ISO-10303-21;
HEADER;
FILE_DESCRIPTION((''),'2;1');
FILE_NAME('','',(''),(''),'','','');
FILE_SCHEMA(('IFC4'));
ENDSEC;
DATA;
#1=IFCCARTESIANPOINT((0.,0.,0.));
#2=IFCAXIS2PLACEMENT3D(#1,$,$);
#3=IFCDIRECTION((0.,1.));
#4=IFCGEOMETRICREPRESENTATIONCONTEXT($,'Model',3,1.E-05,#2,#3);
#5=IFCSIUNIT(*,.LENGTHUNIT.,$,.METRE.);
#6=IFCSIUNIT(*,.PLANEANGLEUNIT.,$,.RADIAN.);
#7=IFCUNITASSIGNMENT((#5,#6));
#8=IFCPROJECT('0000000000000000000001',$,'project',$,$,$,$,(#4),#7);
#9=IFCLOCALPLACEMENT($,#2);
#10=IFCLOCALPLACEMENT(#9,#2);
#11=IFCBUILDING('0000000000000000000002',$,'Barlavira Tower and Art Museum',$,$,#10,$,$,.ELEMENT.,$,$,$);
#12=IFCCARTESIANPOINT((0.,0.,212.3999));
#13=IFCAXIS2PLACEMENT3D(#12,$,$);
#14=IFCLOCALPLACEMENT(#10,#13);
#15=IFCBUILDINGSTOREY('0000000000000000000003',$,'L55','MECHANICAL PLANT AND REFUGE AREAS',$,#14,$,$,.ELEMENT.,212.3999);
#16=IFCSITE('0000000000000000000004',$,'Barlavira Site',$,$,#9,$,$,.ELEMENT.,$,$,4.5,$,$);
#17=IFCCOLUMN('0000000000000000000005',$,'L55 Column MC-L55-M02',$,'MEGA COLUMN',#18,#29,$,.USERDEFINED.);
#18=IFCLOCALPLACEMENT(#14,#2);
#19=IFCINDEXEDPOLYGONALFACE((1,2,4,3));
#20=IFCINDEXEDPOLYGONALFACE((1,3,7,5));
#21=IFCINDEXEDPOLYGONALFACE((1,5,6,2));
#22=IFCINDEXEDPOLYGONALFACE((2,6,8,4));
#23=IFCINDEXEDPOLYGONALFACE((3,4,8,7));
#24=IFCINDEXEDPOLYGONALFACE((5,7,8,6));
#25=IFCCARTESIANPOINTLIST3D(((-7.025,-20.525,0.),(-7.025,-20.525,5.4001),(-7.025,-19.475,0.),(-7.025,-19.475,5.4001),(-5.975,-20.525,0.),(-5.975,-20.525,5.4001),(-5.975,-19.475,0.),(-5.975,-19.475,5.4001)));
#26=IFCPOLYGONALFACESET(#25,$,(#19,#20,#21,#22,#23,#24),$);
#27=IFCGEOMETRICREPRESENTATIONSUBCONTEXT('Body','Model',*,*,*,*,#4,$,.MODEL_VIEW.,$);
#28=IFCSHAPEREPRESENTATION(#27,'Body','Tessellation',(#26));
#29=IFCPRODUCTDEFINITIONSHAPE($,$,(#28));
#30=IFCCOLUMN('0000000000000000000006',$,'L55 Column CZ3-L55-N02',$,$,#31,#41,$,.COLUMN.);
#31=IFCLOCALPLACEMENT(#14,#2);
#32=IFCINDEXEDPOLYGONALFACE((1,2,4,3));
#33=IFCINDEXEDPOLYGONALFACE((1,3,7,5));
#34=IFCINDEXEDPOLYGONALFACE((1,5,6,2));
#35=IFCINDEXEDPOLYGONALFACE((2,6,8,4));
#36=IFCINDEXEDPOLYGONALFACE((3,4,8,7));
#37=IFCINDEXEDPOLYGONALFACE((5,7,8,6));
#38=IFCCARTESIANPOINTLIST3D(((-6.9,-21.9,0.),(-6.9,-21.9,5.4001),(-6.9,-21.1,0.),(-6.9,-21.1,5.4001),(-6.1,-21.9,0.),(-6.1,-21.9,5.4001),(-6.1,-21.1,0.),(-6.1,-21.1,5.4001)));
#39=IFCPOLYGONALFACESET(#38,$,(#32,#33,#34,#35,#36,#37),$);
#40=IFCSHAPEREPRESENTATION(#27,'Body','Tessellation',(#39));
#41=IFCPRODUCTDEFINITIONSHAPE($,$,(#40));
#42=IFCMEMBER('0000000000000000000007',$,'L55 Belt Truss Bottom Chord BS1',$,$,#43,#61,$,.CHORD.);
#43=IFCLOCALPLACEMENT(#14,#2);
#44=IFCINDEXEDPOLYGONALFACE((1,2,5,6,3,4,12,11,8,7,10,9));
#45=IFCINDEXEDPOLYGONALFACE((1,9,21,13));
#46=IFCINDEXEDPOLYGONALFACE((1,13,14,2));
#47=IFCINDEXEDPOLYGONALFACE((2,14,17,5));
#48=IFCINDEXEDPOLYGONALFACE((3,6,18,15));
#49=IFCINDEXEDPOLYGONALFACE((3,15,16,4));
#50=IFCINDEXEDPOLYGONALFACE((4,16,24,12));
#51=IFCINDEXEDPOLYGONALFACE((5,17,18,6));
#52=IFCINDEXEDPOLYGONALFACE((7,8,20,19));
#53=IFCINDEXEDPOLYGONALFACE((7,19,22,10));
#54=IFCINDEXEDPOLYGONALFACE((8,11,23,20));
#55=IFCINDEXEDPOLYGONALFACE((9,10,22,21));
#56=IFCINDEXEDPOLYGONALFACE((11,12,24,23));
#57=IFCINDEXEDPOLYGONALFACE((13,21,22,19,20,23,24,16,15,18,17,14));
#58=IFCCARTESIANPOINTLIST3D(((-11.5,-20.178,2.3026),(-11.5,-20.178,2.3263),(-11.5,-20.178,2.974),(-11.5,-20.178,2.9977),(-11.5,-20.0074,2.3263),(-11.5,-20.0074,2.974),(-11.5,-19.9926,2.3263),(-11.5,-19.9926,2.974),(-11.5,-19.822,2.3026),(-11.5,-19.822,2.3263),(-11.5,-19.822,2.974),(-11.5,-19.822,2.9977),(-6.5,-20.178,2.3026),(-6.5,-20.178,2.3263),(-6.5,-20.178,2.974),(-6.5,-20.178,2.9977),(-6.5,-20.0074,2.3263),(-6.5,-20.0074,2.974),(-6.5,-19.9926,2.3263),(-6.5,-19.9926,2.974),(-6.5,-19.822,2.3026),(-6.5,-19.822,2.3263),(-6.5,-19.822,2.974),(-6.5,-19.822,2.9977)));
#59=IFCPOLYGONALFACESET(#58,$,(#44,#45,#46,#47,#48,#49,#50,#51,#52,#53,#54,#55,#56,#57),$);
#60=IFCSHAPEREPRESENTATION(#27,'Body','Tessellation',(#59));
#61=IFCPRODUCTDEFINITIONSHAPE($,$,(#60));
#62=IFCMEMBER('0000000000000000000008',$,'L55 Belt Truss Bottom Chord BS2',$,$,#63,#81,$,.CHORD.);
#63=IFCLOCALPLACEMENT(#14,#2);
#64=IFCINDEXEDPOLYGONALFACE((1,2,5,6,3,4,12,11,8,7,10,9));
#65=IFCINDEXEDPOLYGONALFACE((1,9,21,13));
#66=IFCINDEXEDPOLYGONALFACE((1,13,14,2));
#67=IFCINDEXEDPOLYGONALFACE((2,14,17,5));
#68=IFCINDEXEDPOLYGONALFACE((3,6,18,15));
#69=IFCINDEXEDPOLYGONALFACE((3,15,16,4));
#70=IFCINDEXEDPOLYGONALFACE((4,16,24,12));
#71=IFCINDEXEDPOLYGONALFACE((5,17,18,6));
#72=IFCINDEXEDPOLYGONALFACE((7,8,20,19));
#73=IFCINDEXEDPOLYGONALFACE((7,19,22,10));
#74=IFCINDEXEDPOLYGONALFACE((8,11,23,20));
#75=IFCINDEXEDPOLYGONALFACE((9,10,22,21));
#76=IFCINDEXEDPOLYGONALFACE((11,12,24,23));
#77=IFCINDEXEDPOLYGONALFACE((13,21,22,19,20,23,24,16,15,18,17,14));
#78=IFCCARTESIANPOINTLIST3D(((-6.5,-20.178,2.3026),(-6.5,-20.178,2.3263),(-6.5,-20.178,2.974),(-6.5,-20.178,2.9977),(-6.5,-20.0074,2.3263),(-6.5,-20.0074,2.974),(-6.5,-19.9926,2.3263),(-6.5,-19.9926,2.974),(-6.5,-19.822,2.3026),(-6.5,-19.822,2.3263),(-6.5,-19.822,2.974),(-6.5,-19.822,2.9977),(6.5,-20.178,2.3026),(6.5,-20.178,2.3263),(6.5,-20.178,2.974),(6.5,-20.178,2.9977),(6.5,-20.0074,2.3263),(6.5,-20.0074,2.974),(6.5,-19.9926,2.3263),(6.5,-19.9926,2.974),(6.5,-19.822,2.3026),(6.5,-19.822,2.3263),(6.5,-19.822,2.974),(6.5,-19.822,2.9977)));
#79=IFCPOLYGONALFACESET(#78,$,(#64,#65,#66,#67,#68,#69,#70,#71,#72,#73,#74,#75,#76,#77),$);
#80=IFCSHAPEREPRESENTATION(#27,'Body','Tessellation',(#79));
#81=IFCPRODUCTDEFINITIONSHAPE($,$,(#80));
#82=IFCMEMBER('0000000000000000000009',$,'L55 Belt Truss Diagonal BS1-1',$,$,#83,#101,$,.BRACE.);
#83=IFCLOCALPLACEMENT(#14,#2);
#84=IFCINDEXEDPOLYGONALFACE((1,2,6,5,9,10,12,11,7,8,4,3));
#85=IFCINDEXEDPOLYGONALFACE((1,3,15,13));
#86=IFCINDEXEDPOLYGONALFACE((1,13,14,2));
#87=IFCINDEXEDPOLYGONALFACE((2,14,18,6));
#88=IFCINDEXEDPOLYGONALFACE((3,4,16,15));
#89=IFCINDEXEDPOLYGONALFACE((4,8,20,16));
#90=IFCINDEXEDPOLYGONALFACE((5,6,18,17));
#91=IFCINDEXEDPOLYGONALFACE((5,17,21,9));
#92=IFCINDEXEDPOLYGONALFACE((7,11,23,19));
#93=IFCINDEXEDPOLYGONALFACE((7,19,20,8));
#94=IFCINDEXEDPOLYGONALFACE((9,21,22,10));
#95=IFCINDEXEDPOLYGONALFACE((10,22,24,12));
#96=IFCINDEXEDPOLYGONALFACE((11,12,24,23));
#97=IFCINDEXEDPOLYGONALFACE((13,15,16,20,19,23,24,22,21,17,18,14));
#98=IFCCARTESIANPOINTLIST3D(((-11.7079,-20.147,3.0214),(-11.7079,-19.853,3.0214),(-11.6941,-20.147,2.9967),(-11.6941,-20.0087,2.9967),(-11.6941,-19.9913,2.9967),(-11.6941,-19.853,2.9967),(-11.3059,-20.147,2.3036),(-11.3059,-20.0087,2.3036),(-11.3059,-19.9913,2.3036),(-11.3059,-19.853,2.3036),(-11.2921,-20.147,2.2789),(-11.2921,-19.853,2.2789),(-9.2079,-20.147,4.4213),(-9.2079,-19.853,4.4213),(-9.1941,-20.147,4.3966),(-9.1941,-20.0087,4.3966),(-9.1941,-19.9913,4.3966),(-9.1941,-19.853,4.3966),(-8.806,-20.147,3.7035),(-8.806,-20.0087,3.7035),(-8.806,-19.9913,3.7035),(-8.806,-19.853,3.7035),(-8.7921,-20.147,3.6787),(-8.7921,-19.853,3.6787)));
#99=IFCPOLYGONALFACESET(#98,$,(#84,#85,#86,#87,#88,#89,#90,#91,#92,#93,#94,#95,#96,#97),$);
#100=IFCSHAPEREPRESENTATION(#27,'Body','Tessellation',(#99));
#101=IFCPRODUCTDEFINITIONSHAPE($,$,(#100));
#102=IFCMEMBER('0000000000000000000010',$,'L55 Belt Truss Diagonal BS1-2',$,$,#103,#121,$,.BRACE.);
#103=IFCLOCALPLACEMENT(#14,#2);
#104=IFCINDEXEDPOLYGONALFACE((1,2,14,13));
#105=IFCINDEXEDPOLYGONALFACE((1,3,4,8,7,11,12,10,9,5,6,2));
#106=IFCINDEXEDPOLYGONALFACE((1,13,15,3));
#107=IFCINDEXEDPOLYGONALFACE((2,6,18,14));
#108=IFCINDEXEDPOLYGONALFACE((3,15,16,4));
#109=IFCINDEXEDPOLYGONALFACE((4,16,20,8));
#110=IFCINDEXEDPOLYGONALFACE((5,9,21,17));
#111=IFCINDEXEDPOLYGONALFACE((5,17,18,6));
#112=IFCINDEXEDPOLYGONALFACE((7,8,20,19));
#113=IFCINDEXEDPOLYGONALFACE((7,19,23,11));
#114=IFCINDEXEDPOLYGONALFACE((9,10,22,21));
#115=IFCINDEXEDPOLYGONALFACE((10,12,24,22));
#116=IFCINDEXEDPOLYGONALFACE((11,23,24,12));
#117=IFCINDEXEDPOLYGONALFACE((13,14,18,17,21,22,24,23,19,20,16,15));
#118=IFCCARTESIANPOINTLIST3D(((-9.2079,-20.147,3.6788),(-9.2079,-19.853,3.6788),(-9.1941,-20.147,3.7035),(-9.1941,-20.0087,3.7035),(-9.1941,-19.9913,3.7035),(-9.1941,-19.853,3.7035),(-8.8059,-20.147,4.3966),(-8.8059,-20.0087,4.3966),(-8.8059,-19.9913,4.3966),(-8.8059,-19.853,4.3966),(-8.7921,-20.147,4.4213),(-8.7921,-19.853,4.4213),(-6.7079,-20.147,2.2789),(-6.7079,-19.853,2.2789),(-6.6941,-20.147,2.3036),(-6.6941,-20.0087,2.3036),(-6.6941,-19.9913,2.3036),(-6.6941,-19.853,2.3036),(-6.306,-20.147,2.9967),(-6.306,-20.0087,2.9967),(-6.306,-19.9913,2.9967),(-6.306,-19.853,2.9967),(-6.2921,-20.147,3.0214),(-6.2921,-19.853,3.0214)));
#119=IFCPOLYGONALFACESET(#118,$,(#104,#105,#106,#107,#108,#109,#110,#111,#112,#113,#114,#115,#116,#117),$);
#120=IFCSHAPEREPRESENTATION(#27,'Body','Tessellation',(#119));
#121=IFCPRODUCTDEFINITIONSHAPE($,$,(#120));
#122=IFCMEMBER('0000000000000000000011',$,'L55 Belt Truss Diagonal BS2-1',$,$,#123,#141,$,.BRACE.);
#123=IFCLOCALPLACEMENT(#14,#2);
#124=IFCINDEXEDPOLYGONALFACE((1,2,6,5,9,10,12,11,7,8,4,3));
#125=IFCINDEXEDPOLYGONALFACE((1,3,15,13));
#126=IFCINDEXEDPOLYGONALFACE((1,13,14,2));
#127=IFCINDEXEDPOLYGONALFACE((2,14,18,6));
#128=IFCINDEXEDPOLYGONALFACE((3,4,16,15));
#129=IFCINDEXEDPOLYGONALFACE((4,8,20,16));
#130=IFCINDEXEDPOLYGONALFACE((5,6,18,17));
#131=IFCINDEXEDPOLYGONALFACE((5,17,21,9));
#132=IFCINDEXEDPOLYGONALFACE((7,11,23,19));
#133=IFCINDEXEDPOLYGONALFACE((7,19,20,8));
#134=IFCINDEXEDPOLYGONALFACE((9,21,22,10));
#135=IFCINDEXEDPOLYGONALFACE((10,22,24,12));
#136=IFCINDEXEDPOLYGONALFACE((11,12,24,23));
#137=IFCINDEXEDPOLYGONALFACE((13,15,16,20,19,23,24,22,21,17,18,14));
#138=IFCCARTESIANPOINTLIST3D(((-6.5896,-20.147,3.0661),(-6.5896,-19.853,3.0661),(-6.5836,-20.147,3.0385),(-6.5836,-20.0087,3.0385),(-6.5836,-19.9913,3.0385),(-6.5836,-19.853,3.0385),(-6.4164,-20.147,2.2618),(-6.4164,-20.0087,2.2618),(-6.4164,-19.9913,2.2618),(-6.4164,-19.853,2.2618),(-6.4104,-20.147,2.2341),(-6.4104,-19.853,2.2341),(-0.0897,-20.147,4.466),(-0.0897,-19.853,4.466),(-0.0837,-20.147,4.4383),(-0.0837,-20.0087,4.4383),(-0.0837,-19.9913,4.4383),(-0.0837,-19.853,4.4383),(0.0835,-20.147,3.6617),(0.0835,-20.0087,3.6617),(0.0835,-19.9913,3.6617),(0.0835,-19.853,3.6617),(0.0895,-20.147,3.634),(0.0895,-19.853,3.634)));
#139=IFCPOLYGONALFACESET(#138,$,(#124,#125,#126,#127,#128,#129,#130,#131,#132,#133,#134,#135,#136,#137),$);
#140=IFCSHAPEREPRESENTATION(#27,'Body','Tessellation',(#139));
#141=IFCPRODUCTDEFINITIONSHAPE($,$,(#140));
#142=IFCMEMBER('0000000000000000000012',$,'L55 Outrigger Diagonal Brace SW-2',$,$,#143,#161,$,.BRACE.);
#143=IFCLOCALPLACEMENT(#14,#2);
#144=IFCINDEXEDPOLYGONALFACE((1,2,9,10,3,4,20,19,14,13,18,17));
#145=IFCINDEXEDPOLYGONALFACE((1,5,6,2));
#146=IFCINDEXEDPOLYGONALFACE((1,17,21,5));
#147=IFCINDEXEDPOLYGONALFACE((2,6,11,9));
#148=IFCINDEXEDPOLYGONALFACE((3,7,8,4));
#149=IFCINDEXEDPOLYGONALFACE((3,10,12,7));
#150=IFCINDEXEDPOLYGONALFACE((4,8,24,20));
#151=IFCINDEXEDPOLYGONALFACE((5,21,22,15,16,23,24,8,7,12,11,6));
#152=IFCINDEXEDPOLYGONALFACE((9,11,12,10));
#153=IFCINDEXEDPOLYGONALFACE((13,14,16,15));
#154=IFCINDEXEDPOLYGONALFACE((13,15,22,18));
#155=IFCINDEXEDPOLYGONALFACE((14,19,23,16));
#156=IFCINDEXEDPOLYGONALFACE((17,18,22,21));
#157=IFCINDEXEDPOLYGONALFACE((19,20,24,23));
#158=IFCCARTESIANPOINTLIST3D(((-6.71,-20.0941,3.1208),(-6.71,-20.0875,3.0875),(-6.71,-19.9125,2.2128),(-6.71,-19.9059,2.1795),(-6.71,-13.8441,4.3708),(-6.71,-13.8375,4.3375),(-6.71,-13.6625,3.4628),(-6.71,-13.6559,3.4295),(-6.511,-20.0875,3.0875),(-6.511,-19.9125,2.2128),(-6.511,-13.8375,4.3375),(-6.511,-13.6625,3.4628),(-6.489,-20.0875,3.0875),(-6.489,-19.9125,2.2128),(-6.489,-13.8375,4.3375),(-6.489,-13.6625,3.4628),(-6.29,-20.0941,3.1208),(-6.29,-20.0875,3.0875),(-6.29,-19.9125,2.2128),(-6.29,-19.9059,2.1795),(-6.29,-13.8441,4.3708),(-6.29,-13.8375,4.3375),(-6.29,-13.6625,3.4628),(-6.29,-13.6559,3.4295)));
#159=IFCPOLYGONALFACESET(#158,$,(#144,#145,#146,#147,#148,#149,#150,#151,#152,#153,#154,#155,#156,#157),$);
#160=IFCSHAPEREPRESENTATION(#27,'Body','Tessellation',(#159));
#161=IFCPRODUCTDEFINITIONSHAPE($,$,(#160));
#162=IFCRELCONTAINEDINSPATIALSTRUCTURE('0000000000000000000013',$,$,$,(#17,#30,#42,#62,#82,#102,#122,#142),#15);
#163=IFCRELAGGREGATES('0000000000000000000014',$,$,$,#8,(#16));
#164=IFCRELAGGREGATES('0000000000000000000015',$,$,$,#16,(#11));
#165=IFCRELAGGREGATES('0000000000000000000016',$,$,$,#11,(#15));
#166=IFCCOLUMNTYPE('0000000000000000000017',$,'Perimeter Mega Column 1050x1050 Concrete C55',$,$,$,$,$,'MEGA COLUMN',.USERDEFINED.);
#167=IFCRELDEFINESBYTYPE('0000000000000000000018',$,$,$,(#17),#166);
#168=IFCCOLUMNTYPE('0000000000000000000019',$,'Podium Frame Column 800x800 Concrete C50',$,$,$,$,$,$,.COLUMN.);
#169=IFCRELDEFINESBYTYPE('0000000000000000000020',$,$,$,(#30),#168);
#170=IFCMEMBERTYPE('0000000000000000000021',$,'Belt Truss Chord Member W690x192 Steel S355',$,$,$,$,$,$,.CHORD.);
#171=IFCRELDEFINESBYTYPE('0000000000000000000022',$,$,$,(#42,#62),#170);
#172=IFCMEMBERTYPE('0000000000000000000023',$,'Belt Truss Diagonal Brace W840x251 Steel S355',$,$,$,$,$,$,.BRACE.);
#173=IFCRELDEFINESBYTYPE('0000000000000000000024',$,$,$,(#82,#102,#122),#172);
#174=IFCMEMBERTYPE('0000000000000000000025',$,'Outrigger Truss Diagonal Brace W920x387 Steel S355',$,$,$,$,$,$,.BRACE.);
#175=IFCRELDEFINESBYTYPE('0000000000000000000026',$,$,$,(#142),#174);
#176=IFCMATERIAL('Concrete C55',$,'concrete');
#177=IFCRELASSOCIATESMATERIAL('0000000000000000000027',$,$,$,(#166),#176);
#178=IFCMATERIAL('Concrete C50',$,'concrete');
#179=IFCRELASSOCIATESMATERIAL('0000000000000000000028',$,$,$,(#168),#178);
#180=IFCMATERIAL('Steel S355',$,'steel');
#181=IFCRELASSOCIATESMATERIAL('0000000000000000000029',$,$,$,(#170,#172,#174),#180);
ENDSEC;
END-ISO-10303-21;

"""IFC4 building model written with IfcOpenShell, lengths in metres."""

from ifc_helpers import new_model, si_unit, direction, frame, origin, origin_2d, place, context, subcontext, project, spatial, rectangle, i_section, extrude, material, material_profile, profile_set, type_object, element, save


model = new_model("IFC4")

# Units and contexts
model_context = context("Model", 3, precision=1e-05, world=origin(), true_north=direction((0.0, 1.0)))
body_context = subcontext(model_context, "Body", "Model", "MODEL_VIEW")
ifc_project = project(units=[si_unit("LENGTHUNIT", "METRE"), si_unit("PLANEANGLEUNIT", "RADIAN")], contexts=[model_context])

# Site, building, storey
site_placement = place(None, origin())
site = spatial("IfcSite", under=ifc_project, at=site_placement, Name="Barlavira Site", CompositionType="ELEMENT", RefElevation=4.5)
building_placement = place(site_placement, origin())
building = spatial("IfcBuilding", under=site, at=building_placement, Name="Barlavira Tower and Art Museum", CompositionType="ELEMENT")
storey_placement = place(building_placement, frame((0.0, 0.0, 212.3999)))
storey = spatial("IfcBuildingStorey", under=building, at=storey_placement, Name="L55", Description="MECHANICAL PLANT AND REFUGE AREAS", CompositionType="ELEMENT", Elevation=212.3999)

# Columns
ifc_material_1 = material(Name="Concrete C55", Category="concrete")
ifc_material_profile_1 = material_profile(ifc_material_1, rectangle(XDim=1.05, YDim=1.05, at=origin_2d()), Name="RC-COL 1050x1050")
ifc_profile_set_1 = profile_set([ifc_material_profile_1], Name="Concrete C55")
column_type_1 = type_object("IfcColumnType", Name="Perimeter Mega Column 1050x1050 Concrete C55", ElementType="MEGA COLUMN", PredefinedType="USERDEFINED", material=ifc_profile_set_1)
column_1_placement = place(storey_placement, frame((-6.5, -20.0, 0.0), z_axis=(0.0, 0.0, 1.0), x_axis=(1.0, 0.0, 0.0)))
element("IfcColumn", 1, at=column_1_placement, inside=storey, type_object=column_type_1, Name="L55 Column MC-L55-M02", ObjectType="MEGA COLUMN", PredefinedType="USERDEFINED", context=body_context, shape_type="SweptSolid", body=[
    extrude(rectangle(XDim=1.05, YDim=1.05, at=origin_2d()), origin(), (0.0, 0.0, 1.0), 5.4001),
])
ifc_material_2 = material(Name="Concrete C50", Category="concrete")
ifc_material_profile_2 = material_profile(ifc_material_2, rectangle(XDim=0.8, YDim=0.8, at=origin_2d()), Name="RC-COL 800x800")
ifc_profile_set_2 = profile_set([ifc_material_profile_2], Name="Concrete C50")
column_type_2 = type_object("IfcColumnType", Name="Podium Frame Column 800x800 Concrete C50", PredefinedType="COLUMN", material=ifc_profile_set_2)
column_2_placement = place(storey_placement, frame((-6.5, -21.5, 0.0), z_axis=(0.0, 0.0, 1.0), x_axis=(1.0, 0.0, 0.0)))
element("IfcColumn", 2, at=column_2_placement, inside=storey, type_object=column_type_2, Name="L55 Column CZ3-L55-N02", PredefinedType="COLUMN", context=body_context, shape_type="SweptSolid", body=[
    extrude(rectangle(XDim=0.8, YDim=0.8, at=origin_2d()), origin(), (0.0, 0.0, 1.0), 5.4001),
])

# Members
ifc_material_3 = material(Name="Steel S355", Category="steel")
ifc_material_profile_3 = material_profile(ifc_material_3, i_section(OverallWidth=0.356, OverallDepth=0.6951, WebThickness=0.0149, FlangeThickness=0.0237, at=origin_2d()), Name="W690x192.0")
ifc_profile_set_3 = profile_set([ifc_material_profile_3], Name="Steel S355")
member_type_1 = type_object("IfcMemberType", Name="Belt Truss Chord Member W690x192 Steel S355", PredefinedType="CHORD", material=ifc_profile_set_3)
member_1_placement = place(storey_placement, frame((-11.5, -20.0, 2.6501), z_axis=(1.0, 0.0, 0.0), x_axis=(0.0, 1.0, 0.0)))
element("IfcMember", 3, at=member_1_placement, inside=storey, type_object=member_type_1, Name="L55 Belt Truss Bottom Chord BS1", PredefinedType="CHORD", context=body_context, shape_type="SweptSolid", body=[
    extrude(i_section(OverallWidth=0.356, OverallDepth=0.6951, WebThickness=0.0149, FlangeThickness=0.0237, at=origin_2d()), origin(), (0.0, 0.0, 1.0), 5.0),
])
member_2_placement = place(storey_placement, frame((-6.5, -20.0, 2.6501), z_axis=(1.0, 0.0, 0.0), x_axis=(0.0, 1.0, 0.0)))
element("IfcMember", 4, at=member_2_placement, inside=storey, type_object=member_type_1, Name="L55 Belt Truss Bottom Chord BS2", PredefinedType="CHORD", context=body_context, shape_type="SweptSolid", body=[
    extrude(i_section(OverallWidth=0.356, OverallDepth=0.6951, WebThickness=0.0149, FlangeThickness=0.0237, at=origin_2d()), origin(), (0.0, 0.0, 1.0), 13.0),
])
ifc_material_profile_4 = material_profile(ifc_material_3, i_section(OverallWidth=0.2939, OverallDepth=0.8511, WebThickness=0.0173, FlangeThickness=0.0283, at=origin_2d()), Name="W840x251.0")
ifc_profile_set_4 = profile_set([ifc_material_profile_4], Name="Steel S355")
member_type_2 = type_object("IfcMemberType", Name="Belt Truss Diagonal Brace W840x251 Steel S355", PredefinedType="BRACE", material=ifc_profile_set_4)
for number, where, z_axis, x_axis, name in (
    (5, (-11.5, -20.0, 2.6501), (0.872521, 0.0, 0.488577), (0.0, 1.0, 0.0), "L55 Belt Truss Diagonal BS1-1"),
    (6, (-9.0, -20.0, 4.05), (0.872521, 0.0, -0.488577), (0.0, 1.0, 0.0), "L55 Belt Truss Diagonal BS1-2"),
):
    element("IfcMember", number, at=place(storey_placement, frame(where, z_axis=z_axis, x_axis=x_axis)), inside=storey, type_object=member_type_2, Name=name, PredefinedType="BRACE", context=body_context, shape_type="SweptSolid", body=[
        extrude(i_section(OverallWidth=0.2939, OverallDepth=0.8511, WebThickness=0.0173, FlangeThickness=0.0283, at=origin_2d()), origin(), (0.0, 0.0, 1.0), 2.8652),
    ])
member_3_placement = place(storey_placement, frame((-6.5, -20.0, 2.6501), z_axis=(0.977585, 0.0, 0.210542), x_axis=(0.0, 1.0, 0.0)))
element("IfcMember", 7, at=member_3_placement, inside=storey, type_object=member_type_2, Name="L55 Belt Truss Diagonal BS2-1", PredefinedType="BRACE", context=body_context, shape_type="SweptSolid", body=[
    extrude(i_section(OverallWidth=0.2939, OverallDepth=0.8511, WebThickness=0.0173, FlangeThickness=0.0283, at=origin_2d()), origin(), (0.0, 0.0, 1.0), 6.6489),
])
ifc_material_profile_5 = material_profile(ifc_material_3, i_section(OverallWidth=0.4199, OverallDepth=0.96, WebThickness=0.022, FlangeThickness=0.0339, at=origin_2d()), Name="W920x387.0")
ifc_profile_set_5 = profile_set([ifc_material_profile_5], Name="Steel S355")
member_type_3 = type_object("IfcMemberType", Name="Outrigger Truss Diagonal Brace W920x387 Steel S355", PredefinedType="BRACE", material=ifc_profile_set_5)
member_4_placement = place(storey_placement, frame((-6.5, -13.75, 3.9001), z_axis=(0.0, -0.980581, -0.196116), x_axis=(1.0, 0.0, 0.0)))
element("IfcMember", 8, at=member_4_placement, inside=storey, type_object=member_type_3, Name="L55 Outrigger Diagonal Brace SW-2", PredefinedType="BRACE", context=body_context, shape_type="SweptSolid", body=[
    extrude(i_section(OverallWidth=0.4199, OverallDepth=0.96, WebThickness=0.022, FlangeThickness=0.0339, at=origin_2d()), origin(), (0.0, 0.0, 1.0), 6.3738),
])

save(model, "model.ifc")
